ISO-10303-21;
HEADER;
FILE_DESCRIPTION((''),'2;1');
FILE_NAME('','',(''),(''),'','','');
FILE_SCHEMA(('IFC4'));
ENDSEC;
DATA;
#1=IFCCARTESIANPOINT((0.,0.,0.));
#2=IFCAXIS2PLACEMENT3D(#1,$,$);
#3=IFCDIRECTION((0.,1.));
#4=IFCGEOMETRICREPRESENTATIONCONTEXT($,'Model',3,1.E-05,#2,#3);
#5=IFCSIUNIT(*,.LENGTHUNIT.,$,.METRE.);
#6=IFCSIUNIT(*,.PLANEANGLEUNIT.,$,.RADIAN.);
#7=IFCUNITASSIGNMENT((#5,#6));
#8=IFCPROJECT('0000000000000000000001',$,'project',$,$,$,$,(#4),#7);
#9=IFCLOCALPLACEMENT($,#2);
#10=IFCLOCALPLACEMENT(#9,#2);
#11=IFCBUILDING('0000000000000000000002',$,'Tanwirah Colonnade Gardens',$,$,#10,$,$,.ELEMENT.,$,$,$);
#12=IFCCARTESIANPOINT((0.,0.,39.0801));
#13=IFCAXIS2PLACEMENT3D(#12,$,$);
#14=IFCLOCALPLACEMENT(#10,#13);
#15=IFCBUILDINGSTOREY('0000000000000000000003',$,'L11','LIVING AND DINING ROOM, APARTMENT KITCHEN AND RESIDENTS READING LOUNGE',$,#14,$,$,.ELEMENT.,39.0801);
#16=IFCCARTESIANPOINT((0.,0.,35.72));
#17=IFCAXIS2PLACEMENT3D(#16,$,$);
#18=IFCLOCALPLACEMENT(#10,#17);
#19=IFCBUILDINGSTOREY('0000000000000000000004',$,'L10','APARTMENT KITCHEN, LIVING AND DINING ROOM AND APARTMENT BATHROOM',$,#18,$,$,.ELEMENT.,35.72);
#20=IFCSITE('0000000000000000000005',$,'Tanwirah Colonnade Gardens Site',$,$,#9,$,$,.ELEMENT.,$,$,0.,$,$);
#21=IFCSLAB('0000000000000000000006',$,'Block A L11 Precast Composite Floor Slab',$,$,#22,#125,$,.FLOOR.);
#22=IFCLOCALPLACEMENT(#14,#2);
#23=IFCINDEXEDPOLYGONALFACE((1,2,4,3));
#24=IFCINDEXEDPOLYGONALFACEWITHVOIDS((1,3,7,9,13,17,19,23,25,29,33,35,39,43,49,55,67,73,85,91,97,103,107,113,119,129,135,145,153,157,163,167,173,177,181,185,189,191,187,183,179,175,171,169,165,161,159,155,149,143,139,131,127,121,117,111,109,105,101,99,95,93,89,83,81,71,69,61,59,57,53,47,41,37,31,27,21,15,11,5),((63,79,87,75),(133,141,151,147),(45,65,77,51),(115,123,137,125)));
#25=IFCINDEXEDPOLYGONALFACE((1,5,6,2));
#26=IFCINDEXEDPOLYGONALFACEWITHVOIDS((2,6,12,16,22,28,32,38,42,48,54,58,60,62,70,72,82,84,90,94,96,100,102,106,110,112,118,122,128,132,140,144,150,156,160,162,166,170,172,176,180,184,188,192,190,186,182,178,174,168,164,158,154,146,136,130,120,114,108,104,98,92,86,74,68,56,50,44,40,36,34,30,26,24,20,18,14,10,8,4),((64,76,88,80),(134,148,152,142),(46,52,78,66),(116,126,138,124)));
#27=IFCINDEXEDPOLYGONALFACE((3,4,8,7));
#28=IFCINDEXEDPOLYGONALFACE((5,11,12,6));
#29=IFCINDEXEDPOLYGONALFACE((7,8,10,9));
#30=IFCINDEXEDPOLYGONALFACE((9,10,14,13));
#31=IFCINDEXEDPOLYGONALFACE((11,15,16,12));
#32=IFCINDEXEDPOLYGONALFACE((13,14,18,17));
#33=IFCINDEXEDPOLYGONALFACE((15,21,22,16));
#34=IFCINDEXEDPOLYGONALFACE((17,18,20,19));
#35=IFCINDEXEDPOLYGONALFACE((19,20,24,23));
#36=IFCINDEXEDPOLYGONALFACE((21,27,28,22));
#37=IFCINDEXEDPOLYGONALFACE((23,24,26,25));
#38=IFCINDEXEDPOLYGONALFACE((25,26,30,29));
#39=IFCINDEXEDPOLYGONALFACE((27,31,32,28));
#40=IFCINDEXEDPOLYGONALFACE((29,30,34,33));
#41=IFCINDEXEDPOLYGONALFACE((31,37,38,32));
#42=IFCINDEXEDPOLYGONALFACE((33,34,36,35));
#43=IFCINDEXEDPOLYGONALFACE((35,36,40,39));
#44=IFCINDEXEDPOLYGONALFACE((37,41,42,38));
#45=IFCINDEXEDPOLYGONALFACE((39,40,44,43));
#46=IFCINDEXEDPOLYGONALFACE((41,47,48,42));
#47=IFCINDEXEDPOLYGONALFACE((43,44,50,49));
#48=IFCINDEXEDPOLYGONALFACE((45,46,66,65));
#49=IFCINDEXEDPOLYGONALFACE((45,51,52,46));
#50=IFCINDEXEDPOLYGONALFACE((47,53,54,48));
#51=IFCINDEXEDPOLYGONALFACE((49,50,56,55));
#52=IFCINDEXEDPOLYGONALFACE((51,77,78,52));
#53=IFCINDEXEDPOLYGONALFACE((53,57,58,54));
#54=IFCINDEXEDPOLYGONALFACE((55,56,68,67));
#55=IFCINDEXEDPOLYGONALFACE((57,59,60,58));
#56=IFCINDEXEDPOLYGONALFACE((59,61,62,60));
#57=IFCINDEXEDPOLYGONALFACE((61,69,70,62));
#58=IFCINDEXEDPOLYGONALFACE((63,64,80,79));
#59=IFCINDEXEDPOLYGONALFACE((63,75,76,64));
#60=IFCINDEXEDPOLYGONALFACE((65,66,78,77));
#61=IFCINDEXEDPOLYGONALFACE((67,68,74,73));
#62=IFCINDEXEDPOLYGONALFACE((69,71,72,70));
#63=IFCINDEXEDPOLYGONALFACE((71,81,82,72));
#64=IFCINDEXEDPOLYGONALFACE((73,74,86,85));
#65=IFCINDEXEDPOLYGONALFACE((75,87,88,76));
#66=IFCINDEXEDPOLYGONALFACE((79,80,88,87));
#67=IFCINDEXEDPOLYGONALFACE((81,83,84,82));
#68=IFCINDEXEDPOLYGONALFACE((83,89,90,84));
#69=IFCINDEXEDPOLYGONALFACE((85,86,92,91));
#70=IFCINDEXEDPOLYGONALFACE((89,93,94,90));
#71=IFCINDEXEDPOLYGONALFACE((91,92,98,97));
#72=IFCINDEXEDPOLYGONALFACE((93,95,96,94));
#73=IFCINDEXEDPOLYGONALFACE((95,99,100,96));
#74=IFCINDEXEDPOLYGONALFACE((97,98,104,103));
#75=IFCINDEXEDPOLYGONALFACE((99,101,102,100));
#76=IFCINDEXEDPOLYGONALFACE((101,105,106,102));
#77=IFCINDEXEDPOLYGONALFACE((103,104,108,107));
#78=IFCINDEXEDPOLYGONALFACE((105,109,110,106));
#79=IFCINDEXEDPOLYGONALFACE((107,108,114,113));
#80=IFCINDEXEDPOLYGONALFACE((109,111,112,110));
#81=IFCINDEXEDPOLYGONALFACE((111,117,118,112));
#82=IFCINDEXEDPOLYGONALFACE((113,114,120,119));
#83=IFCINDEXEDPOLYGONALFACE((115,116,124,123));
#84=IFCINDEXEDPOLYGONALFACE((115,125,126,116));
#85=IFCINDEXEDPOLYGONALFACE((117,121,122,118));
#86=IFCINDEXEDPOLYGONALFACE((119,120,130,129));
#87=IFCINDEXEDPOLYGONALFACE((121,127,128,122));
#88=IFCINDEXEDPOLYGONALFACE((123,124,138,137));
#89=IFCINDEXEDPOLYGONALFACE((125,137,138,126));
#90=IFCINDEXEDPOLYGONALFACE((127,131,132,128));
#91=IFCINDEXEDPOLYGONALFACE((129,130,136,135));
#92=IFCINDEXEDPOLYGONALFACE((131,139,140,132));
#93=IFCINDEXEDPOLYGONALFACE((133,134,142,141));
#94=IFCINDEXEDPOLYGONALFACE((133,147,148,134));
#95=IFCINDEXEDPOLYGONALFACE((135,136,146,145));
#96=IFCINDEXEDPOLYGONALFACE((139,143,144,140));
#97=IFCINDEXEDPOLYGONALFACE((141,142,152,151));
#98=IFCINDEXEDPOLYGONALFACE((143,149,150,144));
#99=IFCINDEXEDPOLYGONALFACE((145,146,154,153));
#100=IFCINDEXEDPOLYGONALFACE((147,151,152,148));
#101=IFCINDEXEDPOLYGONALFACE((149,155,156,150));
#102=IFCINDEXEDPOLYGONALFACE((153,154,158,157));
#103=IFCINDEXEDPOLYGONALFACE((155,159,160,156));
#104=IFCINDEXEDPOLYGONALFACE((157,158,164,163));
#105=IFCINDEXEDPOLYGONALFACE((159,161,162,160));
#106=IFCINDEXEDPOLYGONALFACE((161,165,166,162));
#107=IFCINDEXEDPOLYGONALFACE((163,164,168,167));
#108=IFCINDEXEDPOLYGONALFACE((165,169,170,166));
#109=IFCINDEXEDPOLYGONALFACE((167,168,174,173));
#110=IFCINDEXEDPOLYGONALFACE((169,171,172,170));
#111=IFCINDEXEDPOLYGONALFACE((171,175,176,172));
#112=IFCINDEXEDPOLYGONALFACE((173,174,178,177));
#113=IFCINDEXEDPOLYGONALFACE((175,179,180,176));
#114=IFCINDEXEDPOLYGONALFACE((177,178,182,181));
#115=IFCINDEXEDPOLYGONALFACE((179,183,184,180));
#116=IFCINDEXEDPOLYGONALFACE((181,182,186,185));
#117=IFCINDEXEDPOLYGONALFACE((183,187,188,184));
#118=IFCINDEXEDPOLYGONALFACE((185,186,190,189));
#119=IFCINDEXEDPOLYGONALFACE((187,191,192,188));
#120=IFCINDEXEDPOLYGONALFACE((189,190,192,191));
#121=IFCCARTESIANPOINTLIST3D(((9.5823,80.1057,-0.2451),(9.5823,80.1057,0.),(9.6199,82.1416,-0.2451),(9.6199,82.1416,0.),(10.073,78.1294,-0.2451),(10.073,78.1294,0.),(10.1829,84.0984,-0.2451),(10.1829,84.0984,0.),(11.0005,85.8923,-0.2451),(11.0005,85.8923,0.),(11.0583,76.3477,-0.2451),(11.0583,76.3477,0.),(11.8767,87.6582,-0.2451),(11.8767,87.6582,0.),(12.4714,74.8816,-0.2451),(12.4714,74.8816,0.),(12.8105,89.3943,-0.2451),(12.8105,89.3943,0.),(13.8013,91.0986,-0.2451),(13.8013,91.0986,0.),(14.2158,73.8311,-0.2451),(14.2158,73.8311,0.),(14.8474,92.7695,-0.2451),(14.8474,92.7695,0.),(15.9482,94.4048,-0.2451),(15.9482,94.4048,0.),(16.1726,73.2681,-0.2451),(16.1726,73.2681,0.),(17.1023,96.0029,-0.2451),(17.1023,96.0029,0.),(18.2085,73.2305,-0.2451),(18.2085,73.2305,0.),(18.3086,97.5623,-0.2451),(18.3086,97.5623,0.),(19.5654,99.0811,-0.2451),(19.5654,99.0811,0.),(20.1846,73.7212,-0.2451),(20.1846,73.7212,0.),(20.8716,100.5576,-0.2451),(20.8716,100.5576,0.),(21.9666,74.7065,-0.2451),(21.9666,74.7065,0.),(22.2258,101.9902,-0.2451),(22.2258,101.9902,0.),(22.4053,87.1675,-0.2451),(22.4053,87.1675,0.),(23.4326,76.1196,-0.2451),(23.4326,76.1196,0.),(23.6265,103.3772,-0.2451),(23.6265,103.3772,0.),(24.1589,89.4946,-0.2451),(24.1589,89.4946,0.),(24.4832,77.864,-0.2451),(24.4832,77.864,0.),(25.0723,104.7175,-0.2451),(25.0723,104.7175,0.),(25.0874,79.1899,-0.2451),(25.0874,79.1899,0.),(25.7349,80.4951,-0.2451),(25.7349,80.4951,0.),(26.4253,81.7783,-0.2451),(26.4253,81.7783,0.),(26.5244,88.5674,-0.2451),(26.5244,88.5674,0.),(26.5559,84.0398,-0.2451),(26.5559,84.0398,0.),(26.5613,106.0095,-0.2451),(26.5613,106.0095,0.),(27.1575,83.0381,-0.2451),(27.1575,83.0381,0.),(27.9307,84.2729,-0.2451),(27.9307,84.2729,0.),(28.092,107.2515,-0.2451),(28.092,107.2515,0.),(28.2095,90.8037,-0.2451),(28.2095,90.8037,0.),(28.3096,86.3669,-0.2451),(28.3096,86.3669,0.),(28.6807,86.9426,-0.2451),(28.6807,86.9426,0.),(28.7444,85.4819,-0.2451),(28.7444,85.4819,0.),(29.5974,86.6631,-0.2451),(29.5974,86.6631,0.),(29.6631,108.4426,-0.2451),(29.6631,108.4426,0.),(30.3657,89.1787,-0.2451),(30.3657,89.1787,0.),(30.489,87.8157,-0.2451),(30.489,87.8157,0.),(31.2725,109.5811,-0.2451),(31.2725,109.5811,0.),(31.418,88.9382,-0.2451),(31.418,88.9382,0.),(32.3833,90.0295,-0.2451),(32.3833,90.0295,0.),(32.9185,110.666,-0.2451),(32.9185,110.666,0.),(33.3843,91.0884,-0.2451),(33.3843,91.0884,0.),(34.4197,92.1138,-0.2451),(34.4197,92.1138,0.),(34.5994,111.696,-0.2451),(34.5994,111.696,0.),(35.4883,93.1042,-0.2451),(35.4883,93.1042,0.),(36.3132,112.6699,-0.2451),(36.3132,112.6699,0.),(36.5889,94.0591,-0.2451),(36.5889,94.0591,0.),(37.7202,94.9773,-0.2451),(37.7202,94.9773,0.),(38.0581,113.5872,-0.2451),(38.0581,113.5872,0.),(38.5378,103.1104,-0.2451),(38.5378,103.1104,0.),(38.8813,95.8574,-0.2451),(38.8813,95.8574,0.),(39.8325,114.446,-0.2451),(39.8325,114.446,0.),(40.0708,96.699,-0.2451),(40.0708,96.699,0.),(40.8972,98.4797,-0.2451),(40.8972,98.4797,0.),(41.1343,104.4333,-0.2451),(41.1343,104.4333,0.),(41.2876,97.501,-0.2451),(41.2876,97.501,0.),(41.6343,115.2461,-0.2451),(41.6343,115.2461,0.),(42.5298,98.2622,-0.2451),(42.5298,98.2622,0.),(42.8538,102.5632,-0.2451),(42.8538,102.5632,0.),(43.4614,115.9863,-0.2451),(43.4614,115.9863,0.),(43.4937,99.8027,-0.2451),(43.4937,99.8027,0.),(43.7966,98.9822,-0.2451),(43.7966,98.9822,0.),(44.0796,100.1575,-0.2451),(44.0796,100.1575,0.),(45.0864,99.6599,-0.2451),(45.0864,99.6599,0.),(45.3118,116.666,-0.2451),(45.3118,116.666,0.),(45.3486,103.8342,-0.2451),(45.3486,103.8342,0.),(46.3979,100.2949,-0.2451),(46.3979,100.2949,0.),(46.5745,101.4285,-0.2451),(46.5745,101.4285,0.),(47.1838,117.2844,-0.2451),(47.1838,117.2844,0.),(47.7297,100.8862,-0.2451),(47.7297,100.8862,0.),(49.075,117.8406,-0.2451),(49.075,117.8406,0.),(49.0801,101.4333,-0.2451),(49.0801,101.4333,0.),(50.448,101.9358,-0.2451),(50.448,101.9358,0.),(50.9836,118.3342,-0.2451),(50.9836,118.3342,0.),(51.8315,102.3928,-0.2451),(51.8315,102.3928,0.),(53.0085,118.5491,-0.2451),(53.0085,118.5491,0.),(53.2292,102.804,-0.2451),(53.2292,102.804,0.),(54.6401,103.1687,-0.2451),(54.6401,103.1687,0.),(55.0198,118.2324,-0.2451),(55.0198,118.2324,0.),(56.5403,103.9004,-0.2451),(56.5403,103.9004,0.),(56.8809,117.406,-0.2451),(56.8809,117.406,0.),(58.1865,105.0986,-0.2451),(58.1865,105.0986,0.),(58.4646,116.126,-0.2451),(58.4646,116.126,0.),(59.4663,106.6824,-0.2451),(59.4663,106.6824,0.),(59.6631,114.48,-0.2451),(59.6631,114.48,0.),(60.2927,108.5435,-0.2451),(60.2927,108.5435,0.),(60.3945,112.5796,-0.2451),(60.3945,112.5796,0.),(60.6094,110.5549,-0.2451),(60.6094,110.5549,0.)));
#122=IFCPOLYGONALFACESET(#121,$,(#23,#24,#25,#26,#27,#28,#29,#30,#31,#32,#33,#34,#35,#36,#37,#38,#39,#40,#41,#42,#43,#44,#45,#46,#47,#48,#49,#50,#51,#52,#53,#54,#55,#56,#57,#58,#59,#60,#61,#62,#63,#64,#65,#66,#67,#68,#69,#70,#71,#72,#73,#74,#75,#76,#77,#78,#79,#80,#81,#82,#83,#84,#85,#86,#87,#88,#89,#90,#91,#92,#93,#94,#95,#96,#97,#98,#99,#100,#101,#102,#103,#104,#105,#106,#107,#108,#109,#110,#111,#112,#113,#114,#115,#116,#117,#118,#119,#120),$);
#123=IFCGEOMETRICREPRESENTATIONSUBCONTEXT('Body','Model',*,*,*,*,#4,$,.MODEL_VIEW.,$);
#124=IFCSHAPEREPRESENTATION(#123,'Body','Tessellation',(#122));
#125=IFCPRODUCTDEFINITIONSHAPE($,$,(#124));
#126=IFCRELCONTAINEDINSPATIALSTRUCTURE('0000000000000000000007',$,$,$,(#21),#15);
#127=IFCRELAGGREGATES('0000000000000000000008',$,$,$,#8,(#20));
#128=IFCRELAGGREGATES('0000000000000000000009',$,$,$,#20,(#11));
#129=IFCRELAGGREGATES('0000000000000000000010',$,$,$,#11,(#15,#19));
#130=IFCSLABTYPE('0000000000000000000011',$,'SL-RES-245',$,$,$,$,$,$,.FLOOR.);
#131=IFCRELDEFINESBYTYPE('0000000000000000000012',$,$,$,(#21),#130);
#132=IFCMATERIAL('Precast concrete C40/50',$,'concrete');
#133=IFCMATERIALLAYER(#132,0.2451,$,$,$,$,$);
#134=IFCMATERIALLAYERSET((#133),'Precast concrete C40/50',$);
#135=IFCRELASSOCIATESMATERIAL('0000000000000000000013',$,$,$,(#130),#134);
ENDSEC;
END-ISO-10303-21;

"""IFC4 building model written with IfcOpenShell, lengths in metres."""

from ifc_helpers import new_model, si_unit, direction, frame, origin, place, context, subcontext, project, spatial, polyline, outline, extrude, material, layer, layer_set, type_object, element, save


model = new_model("IFC4")

# Units and contexts
model_context = context("Model", 3, precision=1e-05, world=origin(), true_north=direction((0.0, 1.0)))
body_context = subcontext(model_context, "Body", "Model", "MODEL_VIEW")
ifc_project = project(units=[si_unit("LENGTHUNIT", "METRE"), si_unit("PLANEANGLEUNIT", "RADIAN")], contexts=[model_context])

# Site, building, storey
site_placement = place(None, origin())
site = spatial("IfcSite", under=ifc_project, at=site_placement, Name="Tanwirah Colonnade Gardens Site", CompositionType="ELEMENT", RefElevation=0.0)
building_placement = place(site_placement, origin())
building = spatial("IfcBuilding", under=site, at=building_placement, Name="Tanwirah Colonnade Gardens", CompositionType="ELEMENT")
storey_1_placement = place(building_placement, frame((0.0, 0.0, 39.0801)))
storey_1 = spatial("IfcBuildingStorey", under=building, at=storey_1_placement, Name="L11", Description="LIVING AND DINING ROOM, APARTMENT KITCHEN AND RESIDENTS READING LOUNGE", CompositionType="ELEMENT", Elevation=39.0801)

# Shared definitions
storey_2_placement = place(building_placement, frame((0.0, 0.0, 35.72)))
storey_2 = spatial("IfcBuildingStorey", under=building, at=storey_2_placement, Name="L10", Description="APARTMENT KITCHEN, LIVING AND DINING ROOM AND APARTMENT BATHROOM", CompositionType="ELEMENT", Elevation=35.72)

# Shared definitions
ifc_material_1 = material(Name="Precast concrete C40/50", Category="concrete")

# Slab
ifc_layer_1 = layer(ifc_material_1, 0.2451)
ifc_layer_set_1 = layer_set([ifc_layer_1], Name="Precast concrete C40/50")
slab_type_1 = type_object("IfcSlabType", Name="SL-RES-245", PredefinedType="FLOOR", material=ifc_layer_set_1)
slab_1_placement = place(storey_1_placement, frame((0.0, 0.0, -0.2451)))
element("IfcSlab", 1, at=slab_1_placement, inside=storey_1, type_object=slab_type_1, Name="Block A L11 Precast Composite Floor Slab", PredefinedType="FLOOR", context=body_context, shape_type="SweptSolid", body=[
    extrude(outline(polyline([(51.8315, 102.3928), (53.2292, 102.804), (54.6401, 103.1687), (56.5403, 103.9004), (58.1865, 105.0986), (59.4663, 106.6824), (60.2927, 108.5435), (60.6094, 110.5549), (60.3945, 112.5796), (59.6631, 114.48), (58.4646, 116.126), (56.8809, 117.406), (55.0198, 118.2324), (53.0085, 118.5491), (50.9836, 118.3342), (49.075, 117.8406), (47.1838, 117.2844), (45.3118, 116.666), (43.4614, 115.9863), (41.6343, 115.2461), (39.8325, 114.446), (38.0581, 113.5872), (36.3132, 112.6699), (34.5994, 111.696), (32.9185, 110.666), (31.2725, 109.5811), (29.6631, 108.4426), (28.092, 107.2515), (26.5613, 106.0095), (25.0723, 104.7175), (23.6265, 103.3772), (22.2258, 101.9902), (20.8716, 100.5576), (19.5654, 99.0811), (18.3086, 97.5623), (17.1023, 96.0029), (15.9482, 94.4048), (14.8474, 92.7695), (13.8013, 91.0986), (12.8105, 89.3943), (11.8767, 87.6582), (11.0005, 85.8923), (10.1829, 84.0984), (9.6199, 82.1416), (9.5823, 80.1057), (10.073, 78.1294), (11.0583, 76.3477), (12.4714, 74.8816), (14.2158, 73.8311), (16.1726, 73.2681), (18.2085, 73.2305), (20.1846, 73.7212), (21.9666, 74.7065), (23.4326, 76.1196), (24.4832, 77.864), (25.0874, 79.1899), (25.7349, 80.4951), (26.4253, 81.7783), (27.1575, 83.0381), (27.9307, 84.2729), (28.7444, 85.4819), (29.5974, 86.6631), (30.489, 87.8157), (31.418, 88.9382), (32.3833, 90.0295), (33.3843, 91.0884), (34.4197, 92.1138), (35.4883, 93.1042), (36.5889, 94.0591), (37.7202, 94.9773), (38.8813, 95.8574), (40.0708, 96.699), (41.2876, 97.501), (42.5298, 98.2622), (43.7966, 98.9822), (45.0864, 99.6599), (46.3979, 100.2949), (47.7297, 100.8862), (49.0801, 101.4333), (50.448, 101.9358), (51.8315, 102.3928)]), holes=[polyline([(41.1343, 104.4333), (43.4937, 99.8027), (40.8972, 98.4797), (38.5378, 103.1104), (41.1343, 104.4333)]), polyline([(46.5745, 101.4285), (44.0796, 100.1575), (42.8538, 102.5632), (45.3486, 103.8342), (46.5745, 101.4285)]), polyline([(26.5559, 84.0398), (22.4053, 87.1675), (24.1589, 89.4946), (28.3096, 86.3669), (26.5559, 84.0398)]), polyline([(26.5244, 88.5674), (28.2095, 90.8037), (30.3657, 89.1787), (28.6807, 86.9426), (26.5244, 88.5674)])]), origin(), (0.0, 0.0, 1.0), 0.2451),
])

save(model, "model.ifc")
